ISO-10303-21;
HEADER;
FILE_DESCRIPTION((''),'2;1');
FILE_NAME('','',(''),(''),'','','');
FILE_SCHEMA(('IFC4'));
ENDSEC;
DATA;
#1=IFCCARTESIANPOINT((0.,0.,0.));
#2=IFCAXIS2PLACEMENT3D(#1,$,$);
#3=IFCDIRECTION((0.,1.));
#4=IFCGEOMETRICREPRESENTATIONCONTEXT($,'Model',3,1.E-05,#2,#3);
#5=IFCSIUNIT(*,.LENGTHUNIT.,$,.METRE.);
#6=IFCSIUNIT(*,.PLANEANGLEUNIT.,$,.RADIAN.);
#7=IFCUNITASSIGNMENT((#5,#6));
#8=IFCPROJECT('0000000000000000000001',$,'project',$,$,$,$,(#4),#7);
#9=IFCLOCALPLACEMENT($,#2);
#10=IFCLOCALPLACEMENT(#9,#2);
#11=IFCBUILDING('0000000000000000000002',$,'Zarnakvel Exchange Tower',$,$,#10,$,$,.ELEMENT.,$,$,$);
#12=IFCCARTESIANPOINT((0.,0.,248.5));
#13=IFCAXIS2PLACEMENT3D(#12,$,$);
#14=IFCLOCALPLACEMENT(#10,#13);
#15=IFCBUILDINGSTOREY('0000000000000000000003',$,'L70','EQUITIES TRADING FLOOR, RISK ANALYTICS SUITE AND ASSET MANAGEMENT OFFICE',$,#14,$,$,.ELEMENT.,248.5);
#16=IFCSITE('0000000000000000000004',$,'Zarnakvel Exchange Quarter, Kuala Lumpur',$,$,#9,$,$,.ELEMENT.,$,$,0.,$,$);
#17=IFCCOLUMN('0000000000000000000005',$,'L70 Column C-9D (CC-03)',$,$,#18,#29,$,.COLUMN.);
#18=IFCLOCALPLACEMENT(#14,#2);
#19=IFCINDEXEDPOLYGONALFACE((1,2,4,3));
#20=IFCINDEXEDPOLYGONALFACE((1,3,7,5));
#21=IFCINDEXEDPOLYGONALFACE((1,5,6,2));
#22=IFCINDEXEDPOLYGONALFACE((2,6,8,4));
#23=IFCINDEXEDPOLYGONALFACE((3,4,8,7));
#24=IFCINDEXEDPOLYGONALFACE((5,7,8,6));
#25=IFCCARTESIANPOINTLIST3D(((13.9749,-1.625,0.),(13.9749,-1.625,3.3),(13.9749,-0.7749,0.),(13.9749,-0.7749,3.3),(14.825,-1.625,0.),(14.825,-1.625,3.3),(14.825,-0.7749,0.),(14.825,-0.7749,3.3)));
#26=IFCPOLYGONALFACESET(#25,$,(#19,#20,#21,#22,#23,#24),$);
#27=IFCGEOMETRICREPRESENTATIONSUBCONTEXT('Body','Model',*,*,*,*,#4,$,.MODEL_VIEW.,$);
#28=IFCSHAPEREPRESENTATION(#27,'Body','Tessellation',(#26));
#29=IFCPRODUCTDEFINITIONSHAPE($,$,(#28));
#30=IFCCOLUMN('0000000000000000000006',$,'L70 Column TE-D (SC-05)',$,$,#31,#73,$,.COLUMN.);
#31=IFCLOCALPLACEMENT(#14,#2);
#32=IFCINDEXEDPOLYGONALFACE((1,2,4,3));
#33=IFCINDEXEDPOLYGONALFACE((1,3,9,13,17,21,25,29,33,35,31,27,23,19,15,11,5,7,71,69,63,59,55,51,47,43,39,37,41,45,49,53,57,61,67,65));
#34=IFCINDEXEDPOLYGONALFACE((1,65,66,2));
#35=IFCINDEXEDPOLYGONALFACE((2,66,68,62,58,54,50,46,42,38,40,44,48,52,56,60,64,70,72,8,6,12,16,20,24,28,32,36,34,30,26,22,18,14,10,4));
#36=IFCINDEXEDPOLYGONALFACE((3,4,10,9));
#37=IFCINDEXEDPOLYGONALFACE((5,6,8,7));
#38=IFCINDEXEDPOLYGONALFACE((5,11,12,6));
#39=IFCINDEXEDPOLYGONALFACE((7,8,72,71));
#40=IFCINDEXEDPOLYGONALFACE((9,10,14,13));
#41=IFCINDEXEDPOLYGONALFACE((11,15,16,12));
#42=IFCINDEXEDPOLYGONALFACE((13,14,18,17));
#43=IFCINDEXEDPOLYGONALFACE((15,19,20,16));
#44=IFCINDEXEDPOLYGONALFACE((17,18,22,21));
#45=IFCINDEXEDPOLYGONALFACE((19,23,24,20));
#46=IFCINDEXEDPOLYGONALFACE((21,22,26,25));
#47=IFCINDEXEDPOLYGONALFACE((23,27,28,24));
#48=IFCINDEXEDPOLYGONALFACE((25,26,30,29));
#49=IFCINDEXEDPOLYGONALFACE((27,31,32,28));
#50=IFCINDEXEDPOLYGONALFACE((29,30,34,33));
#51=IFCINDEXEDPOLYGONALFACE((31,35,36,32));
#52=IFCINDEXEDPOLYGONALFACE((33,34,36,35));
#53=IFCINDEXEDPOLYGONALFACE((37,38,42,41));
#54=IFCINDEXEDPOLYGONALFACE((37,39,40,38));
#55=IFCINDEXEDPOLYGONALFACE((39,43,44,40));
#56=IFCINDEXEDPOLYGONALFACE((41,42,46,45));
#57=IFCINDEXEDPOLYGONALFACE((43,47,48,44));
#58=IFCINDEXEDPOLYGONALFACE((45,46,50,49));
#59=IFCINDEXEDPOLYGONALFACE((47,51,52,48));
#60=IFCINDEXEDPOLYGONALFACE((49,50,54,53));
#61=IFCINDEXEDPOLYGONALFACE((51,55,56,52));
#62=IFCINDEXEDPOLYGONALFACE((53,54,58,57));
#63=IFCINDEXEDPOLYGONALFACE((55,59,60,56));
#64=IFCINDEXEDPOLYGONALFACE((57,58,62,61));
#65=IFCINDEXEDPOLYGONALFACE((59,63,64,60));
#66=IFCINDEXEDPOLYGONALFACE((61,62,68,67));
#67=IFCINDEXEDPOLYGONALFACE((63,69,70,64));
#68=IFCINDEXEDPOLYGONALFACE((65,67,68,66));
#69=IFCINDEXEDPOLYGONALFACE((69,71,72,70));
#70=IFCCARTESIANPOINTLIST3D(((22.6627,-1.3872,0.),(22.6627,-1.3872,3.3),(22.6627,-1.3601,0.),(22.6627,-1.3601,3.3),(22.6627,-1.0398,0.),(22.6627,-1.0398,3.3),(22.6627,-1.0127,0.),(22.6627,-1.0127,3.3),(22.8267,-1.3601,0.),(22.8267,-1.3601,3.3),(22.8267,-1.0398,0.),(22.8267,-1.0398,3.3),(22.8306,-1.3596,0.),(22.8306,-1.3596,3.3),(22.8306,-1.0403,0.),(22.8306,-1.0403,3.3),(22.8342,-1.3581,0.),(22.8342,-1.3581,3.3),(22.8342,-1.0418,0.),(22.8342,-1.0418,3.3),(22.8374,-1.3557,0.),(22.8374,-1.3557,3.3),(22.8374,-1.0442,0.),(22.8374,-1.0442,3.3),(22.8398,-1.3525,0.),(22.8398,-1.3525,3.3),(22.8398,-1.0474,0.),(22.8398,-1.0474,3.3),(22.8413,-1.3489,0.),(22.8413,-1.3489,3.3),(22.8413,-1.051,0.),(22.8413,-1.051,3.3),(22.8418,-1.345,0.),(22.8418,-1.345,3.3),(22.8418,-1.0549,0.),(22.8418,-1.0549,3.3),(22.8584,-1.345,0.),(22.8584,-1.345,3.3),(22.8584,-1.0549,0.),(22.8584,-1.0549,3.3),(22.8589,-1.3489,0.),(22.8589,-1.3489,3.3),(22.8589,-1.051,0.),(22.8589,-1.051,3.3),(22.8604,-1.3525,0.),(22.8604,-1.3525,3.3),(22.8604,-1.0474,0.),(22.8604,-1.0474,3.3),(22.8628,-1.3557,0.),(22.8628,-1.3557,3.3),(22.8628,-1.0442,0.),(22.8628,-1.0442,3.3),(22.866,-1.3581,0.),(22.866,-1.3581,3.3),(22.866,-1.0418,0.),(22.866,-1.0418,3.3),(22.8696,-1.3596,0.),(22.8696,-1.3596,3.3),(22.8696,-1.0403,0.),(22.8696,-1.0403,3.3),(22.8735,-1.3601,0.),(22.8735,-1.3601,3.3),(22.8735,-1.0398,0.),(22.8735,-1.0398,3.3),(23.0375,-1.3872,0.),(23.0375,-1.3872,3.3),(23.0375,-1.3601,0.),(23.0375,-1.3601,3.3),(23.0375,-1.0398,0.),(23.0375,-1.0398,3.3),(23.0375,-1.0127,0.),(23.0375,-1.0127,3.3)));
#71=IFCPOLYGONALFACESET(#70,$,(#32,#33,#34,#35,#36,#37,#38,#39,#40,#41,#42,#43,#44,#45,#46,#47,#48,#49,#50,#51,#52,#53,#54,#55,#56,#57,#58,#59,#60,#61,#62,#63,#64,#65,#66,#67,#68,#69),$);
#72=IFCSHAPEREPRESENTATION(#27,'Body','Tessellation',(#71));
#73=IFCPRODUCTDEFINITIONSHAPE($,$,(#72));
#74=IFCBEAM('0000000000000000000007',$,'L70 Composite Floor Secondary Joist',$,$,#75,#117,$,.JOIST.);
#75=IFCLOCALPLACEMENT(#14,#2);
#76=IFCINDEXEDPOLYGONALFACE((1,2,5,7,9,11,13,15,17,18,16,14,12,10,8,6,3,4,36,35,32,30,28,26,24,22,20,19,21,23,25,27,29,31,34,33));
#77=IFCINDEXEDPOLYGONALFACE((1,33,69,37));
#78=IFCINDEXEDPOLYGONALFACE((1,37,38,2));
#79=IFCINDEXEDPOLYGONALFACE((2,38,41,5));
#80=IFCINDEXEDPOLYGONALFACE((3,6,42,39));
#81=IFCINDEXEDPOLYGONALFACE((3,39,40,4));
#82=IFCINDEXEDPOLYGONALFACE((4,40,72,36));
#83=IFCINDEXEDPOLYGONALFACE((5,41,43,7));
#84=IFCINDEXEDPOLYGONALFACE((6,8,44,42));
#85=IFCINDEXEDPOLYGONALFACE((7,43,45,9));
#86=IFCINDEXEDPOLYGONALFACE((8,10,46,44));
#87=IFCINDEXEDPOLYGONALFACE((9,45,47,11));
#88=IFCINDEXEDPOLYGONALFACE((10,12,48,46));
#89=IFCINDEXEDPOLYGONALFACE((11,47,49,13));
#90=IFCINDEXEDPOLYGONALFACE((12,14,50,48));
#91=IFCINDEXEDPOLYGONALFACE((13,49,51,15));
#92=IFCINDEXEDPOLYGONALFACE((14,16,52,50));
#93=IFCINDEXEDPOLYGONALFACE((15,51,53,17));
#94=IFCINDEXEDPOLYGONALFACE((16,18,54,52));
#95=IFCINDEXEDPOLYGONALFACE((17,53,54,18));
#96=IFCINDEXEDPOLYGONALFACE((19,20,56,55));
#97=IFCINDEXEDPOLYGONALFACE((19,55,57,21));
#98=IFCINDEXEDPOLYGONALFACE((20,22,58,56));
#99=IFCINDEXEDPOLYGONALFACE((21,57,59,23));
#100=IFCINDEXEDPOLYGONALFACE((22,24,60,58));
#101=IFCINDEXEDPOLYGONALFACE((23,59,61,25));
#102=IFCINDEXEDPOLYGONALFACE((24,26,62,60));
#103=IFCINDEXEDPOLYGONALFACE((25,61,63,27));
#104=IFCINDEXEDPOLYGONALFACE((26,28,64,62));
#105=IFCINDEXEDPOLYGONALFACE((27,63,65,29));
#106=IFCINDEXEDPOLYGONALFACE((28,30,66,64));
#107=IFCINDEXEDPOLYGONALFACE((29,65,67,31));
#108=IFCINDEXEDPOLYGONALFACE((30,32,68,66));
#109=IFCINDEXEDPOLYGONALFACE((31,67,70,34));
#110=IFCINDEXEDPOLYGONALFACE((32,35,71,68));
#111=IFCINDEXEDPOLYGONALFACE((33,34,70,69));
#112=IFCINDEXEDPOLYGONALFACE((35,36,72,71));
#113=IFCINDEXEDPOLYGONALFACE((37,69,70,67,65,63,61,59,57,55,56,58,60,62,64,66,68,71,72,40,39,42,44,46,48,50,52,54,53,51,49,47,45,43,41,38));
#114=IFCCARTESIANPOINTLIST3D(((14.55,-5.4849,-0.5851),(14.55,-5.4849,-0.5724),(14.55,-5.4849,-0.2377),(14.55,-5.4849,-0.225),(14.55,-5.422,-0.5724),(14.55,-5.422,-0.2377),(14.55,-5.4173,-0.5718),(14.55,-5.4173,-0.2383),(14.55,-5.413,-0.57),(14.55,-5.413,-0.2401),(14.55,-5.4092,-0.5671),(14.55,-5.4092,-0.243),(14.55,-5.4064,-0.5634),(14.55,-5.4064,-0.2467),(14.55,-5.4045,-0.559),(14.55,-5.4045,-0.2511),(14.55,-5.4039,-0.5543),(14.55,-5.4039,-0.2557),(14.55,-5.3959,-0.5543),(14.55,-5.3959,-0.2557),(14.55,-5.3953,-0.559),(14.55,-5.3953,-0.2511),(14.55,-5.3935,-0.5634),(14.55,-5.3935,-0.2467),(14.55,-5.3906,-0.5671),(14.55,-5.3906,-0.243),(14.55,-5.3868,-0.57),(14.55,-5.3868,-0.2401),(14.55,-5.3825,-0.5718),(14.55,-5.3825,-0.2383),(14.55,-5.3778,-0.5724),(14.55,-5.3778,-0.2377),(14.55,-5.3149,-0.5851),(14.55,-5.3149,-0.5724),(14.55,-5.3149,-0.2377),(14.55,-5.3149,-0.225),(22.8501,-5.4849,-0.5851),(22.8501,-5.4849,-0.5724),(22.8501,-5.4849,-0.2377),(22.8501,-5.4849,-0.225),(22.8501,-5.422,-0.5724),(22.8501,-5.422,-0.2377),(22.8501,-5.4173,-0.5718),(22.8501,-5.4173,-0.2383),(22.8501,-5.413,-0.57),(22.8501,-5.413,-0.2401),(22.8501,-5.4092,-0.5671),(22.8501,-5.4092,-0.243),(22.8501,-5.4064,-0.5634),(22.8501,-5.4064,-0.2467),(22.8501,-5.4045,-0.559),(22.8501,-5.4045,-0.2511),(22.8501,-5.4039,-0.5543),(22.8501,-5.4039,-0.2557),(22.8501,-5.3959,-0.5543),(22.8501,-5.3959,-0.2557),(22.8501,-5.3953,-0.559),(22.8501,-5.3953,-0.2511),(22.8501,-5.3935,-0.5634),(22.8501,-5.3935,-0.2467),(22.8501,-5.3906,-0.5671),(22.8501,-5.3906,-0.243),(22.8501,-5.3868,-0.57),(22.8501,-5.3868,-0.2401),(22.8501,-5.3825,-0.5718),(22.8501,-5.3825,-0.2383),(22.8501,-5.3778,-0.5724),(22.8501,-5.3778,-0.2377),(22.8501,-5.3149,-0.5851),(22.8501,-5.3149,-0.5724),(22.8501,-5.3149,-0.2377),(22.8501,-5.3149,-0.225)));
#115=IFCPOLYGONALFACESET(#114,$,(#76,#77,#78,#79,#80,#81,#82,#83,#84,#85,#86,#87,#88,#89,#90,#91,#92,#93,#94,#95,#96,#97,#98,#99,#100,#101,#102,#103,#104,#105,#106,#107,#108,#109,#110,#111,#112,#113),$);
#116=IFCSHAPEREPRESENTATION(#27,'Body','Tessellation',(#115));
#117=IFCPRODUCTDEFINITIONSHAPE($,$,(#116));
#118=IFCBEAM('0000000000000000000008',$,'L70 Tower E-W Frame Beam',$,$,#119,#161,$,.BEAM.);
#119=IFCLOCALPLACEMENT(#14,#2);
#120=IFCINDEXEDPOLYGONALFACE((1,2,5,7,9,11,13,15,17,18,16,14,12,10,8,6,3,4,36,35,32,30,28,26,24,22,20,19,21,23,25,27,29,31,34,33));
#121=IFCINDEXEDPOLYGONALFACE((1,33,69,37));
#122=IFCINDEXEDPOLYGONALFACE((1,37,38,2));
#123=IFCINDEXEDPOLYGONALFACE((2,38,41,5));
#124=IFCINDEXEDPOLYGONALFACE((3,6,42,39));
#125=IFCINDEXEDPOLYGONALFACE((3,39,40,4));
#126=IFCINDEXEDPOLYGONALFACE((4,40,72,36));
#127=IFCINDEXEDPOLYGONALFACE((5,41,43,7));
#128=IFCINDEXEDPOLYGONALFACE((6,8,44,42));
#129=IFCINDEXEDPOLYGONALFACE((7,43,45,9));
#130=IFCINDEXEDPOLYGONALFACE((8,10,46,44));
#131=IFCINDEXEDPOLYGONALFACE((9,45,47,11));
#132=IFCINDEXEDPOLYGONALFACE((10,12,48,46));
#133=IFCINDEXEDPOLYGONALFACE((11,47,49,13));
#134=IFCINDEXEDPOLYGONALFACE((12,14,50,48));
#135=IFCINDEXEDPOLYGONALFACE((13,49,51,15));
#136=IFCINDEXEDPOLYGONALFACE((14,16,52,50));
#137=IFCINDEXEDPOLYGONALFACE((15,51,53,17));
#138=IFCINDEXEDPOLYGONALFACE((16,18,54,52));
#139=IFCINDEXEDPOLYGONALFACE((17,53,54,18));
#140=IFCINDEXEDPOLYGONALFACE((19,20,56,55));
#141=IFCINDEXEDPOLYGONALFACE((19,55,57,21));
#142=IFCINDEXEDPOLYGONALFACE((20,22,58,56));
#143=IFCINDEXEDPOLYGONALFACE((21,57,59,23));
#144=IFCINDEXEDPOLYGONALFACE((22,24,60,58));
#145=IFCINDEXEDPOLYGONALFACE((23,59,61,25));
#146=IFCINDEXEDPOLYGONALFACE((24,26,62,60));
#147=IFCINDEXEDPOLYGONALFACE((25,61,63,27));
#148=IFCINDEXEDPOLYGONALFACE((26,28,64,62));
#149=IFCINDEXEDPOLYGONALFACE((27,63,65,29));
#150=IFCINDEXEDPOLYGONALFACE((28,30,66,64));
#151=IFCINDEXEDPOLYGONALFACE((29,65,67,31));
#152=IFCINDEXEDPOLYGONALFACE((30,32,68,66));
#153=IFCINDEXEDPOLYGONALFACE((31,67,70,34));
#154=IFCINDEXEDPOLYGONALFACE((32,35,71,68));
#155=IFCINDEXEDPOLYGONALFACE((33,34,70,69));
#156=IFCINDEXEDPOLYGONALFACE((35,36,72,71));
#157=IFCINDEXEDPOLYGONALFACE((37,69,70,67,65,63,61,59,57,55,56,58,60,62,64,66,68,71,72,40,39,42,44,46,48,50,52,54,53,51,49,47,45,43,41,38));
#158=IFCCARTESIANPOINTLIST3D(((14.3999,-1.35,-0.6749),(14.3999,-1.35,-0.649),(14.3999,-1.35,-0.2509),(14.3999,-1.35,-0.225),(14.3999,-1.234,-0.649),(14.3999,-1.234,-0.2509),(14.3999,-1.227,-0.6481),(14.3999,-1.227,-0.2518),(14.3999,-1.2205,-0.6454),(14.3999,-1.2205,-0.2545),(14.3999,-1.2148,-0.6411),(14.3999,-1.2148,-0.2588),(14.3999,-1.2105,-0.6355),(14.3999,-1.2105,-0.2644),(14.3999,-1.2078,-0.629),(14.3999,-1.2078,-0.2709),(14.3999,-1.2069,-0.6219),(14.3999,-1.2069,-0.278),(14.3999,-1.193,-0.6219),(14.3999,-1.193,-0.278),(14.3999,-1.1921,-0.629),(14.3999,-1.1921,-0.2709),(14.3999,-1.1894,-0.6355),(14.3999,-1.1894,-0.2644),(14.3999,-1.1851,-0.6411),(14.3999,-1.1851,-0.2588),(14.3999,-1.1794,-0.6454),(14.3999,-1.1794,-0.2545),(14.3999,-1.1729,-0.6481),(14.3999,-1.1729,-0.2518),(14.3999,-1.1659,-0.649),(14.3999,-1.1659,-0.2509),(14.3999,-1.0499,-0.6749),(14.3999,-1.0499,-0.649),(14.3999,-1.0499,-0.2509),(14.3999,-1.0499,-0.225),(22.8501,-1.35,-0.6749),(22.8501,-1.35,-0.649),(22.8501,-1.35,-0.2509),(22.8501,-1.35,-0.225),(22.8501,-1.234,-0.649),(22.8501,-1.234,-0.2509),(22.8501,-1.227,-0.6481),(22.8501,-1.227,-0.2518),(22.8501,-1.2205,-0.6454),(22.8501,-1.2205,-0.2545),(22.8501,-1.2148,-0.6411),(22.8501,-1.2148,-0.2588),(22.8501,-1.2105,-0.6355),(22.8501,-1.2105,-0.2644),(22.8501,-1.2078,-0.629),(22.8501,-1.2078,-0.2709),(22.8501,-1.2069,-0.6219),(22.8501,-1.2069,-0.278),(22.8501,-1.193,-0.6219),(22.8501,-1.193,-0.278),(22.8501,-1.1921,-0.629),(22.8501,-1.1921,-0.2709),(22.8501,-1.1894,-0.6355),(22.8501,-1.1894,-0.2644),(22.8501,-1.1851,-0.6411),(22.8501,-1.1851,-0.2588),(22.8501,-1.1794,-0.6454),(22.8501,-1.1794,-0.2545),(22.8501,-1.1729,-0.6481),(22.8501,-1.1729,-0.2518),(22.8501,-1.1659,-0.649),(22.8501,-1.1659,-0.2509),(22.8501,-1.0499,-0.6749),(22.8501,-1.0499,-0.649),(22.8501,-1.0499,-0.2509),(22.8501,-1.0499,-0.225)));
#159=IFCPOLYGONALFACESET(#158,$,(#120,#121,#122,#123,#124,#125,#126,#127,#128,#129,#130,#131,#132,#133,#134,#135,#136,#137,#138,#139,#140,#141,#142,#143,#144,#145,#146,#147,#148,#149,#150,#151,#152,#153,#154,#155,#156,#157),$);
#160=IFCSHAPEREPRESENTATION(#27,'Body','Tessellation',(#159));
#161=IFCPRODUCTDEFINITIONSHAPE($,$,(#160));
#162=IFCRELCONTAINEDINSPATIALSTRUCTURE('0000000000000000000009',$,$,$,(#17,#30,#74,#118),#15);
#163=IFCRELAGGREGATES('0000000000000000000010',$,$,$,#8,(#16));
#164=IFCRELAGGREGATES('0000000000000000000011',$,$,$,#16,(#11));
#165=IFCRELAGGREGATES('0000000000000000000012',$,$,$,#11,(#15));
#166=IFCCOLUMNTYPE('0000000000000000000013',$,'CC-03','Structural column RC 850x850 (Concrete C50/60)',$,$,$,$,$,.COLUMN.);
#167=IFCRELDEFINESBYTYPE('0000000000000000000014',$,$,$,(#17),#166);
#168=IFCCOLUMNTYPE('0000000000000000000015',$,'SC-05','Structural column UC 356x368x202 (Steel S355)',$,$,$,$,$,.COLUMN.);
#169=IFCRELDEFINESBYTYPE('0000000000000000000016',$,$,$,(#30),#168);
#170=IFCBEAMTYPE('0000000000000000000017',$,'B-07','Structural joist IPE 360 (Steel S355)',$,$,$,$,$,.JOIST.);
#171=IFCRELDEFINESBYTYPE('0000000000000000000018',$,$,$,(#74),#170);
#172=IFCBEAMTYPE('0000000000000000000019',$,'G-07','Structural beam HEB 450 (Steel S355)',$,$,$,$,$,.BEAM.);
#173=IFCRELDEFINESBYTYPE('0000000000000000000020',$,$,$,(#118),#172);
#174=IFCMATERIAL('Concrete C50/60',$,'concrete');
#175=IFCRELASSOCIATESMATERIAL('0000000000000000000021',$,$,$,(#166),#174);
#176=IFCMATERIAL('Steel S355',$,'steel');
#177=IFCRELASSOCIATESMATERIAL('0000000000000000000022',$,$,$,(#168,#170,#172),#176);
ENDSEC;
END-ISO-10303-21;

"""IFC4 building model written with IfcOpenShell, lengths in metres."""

from ifc_helpers import new_model, si_unit, direction, frame, origin, origin_2d, place, context, subcontext, project, spatial, rectangle, i_section, extrude, material, material_profile, profile_set, type_object, element, save


model = new_model("IFC4")

# Units and contexts
model_context = context("Model", 3, precision=1e-05, world=origin(), true_north=direction((0.0, 1.0)))
body_context = subcontext(model_context, "Body", "Model", "MODEL_VIEW")
ifc_project = project(units=[si_unit("LENGTHUNIT", "METRE"), si_unit("PLANEANGLEUNIT", "RADIAN")], contexts=[model_context])

# Site, building, storey
site_placement = place(None, origin())
site = spatial("IfcSite", under=ifc_project, at=site_placement, Name="Zarnakvel Exchange Quarter, Kuala Lumpur", CompositionType="ELEMENT", RefElevation=0.0)
building_placement = place(site_placement, origin())
building = spatial("IfcBuilding", under=site, at=building_placement, Name="Zarnakvel Exchange Tower", CompositionType="ELEMENT")
storey_placement = place(building_placement, frame((0.0, 0.0, 248.5)))
storey = spatial("IfcBuildingStorey", under=building, at=storey_placement, Name="L70", Description="EQUITIES TRADING FLOOR, RISK ANALYTICS SUITE AND ASSET MANAGEMENT OFFICE", CompositionType="ELEMENT", Elevation=248.5)

# Columns
ifc_material_1 = material(Name="Concrete C50/60", Category="concrete")
ifc_material_profile_1 = material_profile(ifc_material_1, rectangle(XDim=0.8501, YDim=0.8501, at=origin_2d()))
ifc_profile_set_1 = profile_set([ifc_material_profile_1], Name="Concrete C50/60")
column_type_1 = type_object("IfcColumnType", Name="CC-03", Description="Structural column RC 850x850 (Concrete C50/60)", PredefinedType="COLUMN", material=ifc_profile_set_1)
column_1_placement = place(storey_placement, frame((14.3999, -1.2, 0.0), z_axis=(0.0, 0.0, 1.0), x_axis=(1.0, 0.0, 0.0)))
element("IfcColumn", 1, at=column_1_placement, inside=storey, type_object=column_type_1, Name="L70 Column C-9D (CC-03)", PredefinedType="COLUMN", context=body_context, shape_type="SweptSolid", body=[
    extrude(rectangle(XDim=0.8501, YDim=0.8501, at=origin_2d()), origin(), (0.0, 0.0, 1.0), 3.3),
])
ifc_material_2 = material(Name="Steel S355", Category="steel")
ifc_material_profile_2 = material_profile(ifc_material_2, i_section(OverallWidth=0.3748, OverallDepth=0.3745, WebThickness=0.0166, FlangeThickness=0.0271, FilletRadius=0.0151, at=origin_2d()))
ifc_profile_set_2 = profile_set([ifc_material_profile_2], Name="Steel S355")
column_type_2 = type_object("IfcColumnType", Name="SC-05", Description="Structural column UC 356x368x202 (Steel S355)", PredefinedType="COLUMN", material=ifc_profile_set_2)
column_2_placement = place(storey_placement, frame((22.8501, -1.2, 0.0), z_axis=(0.0, 0.0, 1.0), x_axis=(1.0, 0.0, 0.0)))
element("IfcColumn", 2, at=column_2_placement, inside=storey, type_object=column_type_2, Name="L70 Column TE-D (SC-05)", PredefinedType="COLUMN", context=body_context, shape_type="SweptSolid", body=[
    extrude(i_section(OverallWidth=0.3748, OverallDepth=0.3745, WebThickness=0.0166, FlangeThickness=0.0271, FilletRadius=0.0151, at=origin_2d()), origin(), (0.0, 0.0, 1.0), 3.3),
])

# Beams
ifc_material_profile_3 = material_profile(ifc_material_2, i_section(OverallWidth=0.1699, OverallDepth=0.3601, WebThickness=0.0081, FlangeThickness=0.0127, FilletRadius=0.0181, at=origin_2d()))
ifc_profile_set_3 = profile_set([ifc_material_profile_3], Name="Steel S355")
beam_type_1 = type_object("IfcBeamType", Name="B-07", Description="Structural joist IPE 360 (Steel S355)", PredefinedType="JOIST", material=ifc_profile_set_3)
beam_1_placement = place(storey_placement, frame((14.55, -5.3999, -0.405), z_axis=(1.0, 0.0, 0.0), x_axis=(0.0, 1.0, 0.0)))
element("IfcBeam", 3, at=beam_1_placement, inside=storey, type_object=beam_type_1, Name="L70 Composite Floor Secondary Joist", PredefinedType="JOIST", context=body_context, shape_type="SweptSolid", body=[
    extrude(i_section(OverallWidth=0.1699, OverallDepth=0.3601, WebThickness=0.0081, FlangeThickness=0.0127, FilletRadius=0.0181, at=origin_2d()), origin(), (0.0, 0.0, 1.0), 8.3),
])
ifc_material_profile_4 = material_profile(ifc_material_2, i_section(OverallWidth=0.3, OverallDepth=0.45, WebThickness=0.0139, FlangeThickness=0.0259, FilletRadius=0.0271, at=origin_2d()))
ifc_profile_set_4 = profile_set([ifc_material_profile_4], Name="Steel S355")
beam_type_2 = type_object("IfcBeamType", Name="G-07", Description="Structural beam HEB 450 (Steel S355)", PredefinedType="BEAM", material=ifc_profile_set_4)
beam_2_placement = place(storey_placement, frame((14.3999, -1.2, -0.45), z_axis=(1.0, 0.0, 0.0), x_axis=(0.0, 1.0, 0.0)))
element("IfcBeam", 4, at=beam_2_placement, inside=storey, type_object=beam_type_2, Name="L70 Tower E-W Frame Beam", PredefinedType="BEAM", context=body_context, shape_type="SweptSolid", body=[
    extrude(i_section(OverallWidth=0.3, OverallDepth=0.45, WebThickness=0.0139, FlangeThickness=0.0259, FilletRadius=0.0271, at=origin_2d()), origin(), (0.0, 0.0, 1.0), 8.4502),
])

save(model, "model.ifc")
